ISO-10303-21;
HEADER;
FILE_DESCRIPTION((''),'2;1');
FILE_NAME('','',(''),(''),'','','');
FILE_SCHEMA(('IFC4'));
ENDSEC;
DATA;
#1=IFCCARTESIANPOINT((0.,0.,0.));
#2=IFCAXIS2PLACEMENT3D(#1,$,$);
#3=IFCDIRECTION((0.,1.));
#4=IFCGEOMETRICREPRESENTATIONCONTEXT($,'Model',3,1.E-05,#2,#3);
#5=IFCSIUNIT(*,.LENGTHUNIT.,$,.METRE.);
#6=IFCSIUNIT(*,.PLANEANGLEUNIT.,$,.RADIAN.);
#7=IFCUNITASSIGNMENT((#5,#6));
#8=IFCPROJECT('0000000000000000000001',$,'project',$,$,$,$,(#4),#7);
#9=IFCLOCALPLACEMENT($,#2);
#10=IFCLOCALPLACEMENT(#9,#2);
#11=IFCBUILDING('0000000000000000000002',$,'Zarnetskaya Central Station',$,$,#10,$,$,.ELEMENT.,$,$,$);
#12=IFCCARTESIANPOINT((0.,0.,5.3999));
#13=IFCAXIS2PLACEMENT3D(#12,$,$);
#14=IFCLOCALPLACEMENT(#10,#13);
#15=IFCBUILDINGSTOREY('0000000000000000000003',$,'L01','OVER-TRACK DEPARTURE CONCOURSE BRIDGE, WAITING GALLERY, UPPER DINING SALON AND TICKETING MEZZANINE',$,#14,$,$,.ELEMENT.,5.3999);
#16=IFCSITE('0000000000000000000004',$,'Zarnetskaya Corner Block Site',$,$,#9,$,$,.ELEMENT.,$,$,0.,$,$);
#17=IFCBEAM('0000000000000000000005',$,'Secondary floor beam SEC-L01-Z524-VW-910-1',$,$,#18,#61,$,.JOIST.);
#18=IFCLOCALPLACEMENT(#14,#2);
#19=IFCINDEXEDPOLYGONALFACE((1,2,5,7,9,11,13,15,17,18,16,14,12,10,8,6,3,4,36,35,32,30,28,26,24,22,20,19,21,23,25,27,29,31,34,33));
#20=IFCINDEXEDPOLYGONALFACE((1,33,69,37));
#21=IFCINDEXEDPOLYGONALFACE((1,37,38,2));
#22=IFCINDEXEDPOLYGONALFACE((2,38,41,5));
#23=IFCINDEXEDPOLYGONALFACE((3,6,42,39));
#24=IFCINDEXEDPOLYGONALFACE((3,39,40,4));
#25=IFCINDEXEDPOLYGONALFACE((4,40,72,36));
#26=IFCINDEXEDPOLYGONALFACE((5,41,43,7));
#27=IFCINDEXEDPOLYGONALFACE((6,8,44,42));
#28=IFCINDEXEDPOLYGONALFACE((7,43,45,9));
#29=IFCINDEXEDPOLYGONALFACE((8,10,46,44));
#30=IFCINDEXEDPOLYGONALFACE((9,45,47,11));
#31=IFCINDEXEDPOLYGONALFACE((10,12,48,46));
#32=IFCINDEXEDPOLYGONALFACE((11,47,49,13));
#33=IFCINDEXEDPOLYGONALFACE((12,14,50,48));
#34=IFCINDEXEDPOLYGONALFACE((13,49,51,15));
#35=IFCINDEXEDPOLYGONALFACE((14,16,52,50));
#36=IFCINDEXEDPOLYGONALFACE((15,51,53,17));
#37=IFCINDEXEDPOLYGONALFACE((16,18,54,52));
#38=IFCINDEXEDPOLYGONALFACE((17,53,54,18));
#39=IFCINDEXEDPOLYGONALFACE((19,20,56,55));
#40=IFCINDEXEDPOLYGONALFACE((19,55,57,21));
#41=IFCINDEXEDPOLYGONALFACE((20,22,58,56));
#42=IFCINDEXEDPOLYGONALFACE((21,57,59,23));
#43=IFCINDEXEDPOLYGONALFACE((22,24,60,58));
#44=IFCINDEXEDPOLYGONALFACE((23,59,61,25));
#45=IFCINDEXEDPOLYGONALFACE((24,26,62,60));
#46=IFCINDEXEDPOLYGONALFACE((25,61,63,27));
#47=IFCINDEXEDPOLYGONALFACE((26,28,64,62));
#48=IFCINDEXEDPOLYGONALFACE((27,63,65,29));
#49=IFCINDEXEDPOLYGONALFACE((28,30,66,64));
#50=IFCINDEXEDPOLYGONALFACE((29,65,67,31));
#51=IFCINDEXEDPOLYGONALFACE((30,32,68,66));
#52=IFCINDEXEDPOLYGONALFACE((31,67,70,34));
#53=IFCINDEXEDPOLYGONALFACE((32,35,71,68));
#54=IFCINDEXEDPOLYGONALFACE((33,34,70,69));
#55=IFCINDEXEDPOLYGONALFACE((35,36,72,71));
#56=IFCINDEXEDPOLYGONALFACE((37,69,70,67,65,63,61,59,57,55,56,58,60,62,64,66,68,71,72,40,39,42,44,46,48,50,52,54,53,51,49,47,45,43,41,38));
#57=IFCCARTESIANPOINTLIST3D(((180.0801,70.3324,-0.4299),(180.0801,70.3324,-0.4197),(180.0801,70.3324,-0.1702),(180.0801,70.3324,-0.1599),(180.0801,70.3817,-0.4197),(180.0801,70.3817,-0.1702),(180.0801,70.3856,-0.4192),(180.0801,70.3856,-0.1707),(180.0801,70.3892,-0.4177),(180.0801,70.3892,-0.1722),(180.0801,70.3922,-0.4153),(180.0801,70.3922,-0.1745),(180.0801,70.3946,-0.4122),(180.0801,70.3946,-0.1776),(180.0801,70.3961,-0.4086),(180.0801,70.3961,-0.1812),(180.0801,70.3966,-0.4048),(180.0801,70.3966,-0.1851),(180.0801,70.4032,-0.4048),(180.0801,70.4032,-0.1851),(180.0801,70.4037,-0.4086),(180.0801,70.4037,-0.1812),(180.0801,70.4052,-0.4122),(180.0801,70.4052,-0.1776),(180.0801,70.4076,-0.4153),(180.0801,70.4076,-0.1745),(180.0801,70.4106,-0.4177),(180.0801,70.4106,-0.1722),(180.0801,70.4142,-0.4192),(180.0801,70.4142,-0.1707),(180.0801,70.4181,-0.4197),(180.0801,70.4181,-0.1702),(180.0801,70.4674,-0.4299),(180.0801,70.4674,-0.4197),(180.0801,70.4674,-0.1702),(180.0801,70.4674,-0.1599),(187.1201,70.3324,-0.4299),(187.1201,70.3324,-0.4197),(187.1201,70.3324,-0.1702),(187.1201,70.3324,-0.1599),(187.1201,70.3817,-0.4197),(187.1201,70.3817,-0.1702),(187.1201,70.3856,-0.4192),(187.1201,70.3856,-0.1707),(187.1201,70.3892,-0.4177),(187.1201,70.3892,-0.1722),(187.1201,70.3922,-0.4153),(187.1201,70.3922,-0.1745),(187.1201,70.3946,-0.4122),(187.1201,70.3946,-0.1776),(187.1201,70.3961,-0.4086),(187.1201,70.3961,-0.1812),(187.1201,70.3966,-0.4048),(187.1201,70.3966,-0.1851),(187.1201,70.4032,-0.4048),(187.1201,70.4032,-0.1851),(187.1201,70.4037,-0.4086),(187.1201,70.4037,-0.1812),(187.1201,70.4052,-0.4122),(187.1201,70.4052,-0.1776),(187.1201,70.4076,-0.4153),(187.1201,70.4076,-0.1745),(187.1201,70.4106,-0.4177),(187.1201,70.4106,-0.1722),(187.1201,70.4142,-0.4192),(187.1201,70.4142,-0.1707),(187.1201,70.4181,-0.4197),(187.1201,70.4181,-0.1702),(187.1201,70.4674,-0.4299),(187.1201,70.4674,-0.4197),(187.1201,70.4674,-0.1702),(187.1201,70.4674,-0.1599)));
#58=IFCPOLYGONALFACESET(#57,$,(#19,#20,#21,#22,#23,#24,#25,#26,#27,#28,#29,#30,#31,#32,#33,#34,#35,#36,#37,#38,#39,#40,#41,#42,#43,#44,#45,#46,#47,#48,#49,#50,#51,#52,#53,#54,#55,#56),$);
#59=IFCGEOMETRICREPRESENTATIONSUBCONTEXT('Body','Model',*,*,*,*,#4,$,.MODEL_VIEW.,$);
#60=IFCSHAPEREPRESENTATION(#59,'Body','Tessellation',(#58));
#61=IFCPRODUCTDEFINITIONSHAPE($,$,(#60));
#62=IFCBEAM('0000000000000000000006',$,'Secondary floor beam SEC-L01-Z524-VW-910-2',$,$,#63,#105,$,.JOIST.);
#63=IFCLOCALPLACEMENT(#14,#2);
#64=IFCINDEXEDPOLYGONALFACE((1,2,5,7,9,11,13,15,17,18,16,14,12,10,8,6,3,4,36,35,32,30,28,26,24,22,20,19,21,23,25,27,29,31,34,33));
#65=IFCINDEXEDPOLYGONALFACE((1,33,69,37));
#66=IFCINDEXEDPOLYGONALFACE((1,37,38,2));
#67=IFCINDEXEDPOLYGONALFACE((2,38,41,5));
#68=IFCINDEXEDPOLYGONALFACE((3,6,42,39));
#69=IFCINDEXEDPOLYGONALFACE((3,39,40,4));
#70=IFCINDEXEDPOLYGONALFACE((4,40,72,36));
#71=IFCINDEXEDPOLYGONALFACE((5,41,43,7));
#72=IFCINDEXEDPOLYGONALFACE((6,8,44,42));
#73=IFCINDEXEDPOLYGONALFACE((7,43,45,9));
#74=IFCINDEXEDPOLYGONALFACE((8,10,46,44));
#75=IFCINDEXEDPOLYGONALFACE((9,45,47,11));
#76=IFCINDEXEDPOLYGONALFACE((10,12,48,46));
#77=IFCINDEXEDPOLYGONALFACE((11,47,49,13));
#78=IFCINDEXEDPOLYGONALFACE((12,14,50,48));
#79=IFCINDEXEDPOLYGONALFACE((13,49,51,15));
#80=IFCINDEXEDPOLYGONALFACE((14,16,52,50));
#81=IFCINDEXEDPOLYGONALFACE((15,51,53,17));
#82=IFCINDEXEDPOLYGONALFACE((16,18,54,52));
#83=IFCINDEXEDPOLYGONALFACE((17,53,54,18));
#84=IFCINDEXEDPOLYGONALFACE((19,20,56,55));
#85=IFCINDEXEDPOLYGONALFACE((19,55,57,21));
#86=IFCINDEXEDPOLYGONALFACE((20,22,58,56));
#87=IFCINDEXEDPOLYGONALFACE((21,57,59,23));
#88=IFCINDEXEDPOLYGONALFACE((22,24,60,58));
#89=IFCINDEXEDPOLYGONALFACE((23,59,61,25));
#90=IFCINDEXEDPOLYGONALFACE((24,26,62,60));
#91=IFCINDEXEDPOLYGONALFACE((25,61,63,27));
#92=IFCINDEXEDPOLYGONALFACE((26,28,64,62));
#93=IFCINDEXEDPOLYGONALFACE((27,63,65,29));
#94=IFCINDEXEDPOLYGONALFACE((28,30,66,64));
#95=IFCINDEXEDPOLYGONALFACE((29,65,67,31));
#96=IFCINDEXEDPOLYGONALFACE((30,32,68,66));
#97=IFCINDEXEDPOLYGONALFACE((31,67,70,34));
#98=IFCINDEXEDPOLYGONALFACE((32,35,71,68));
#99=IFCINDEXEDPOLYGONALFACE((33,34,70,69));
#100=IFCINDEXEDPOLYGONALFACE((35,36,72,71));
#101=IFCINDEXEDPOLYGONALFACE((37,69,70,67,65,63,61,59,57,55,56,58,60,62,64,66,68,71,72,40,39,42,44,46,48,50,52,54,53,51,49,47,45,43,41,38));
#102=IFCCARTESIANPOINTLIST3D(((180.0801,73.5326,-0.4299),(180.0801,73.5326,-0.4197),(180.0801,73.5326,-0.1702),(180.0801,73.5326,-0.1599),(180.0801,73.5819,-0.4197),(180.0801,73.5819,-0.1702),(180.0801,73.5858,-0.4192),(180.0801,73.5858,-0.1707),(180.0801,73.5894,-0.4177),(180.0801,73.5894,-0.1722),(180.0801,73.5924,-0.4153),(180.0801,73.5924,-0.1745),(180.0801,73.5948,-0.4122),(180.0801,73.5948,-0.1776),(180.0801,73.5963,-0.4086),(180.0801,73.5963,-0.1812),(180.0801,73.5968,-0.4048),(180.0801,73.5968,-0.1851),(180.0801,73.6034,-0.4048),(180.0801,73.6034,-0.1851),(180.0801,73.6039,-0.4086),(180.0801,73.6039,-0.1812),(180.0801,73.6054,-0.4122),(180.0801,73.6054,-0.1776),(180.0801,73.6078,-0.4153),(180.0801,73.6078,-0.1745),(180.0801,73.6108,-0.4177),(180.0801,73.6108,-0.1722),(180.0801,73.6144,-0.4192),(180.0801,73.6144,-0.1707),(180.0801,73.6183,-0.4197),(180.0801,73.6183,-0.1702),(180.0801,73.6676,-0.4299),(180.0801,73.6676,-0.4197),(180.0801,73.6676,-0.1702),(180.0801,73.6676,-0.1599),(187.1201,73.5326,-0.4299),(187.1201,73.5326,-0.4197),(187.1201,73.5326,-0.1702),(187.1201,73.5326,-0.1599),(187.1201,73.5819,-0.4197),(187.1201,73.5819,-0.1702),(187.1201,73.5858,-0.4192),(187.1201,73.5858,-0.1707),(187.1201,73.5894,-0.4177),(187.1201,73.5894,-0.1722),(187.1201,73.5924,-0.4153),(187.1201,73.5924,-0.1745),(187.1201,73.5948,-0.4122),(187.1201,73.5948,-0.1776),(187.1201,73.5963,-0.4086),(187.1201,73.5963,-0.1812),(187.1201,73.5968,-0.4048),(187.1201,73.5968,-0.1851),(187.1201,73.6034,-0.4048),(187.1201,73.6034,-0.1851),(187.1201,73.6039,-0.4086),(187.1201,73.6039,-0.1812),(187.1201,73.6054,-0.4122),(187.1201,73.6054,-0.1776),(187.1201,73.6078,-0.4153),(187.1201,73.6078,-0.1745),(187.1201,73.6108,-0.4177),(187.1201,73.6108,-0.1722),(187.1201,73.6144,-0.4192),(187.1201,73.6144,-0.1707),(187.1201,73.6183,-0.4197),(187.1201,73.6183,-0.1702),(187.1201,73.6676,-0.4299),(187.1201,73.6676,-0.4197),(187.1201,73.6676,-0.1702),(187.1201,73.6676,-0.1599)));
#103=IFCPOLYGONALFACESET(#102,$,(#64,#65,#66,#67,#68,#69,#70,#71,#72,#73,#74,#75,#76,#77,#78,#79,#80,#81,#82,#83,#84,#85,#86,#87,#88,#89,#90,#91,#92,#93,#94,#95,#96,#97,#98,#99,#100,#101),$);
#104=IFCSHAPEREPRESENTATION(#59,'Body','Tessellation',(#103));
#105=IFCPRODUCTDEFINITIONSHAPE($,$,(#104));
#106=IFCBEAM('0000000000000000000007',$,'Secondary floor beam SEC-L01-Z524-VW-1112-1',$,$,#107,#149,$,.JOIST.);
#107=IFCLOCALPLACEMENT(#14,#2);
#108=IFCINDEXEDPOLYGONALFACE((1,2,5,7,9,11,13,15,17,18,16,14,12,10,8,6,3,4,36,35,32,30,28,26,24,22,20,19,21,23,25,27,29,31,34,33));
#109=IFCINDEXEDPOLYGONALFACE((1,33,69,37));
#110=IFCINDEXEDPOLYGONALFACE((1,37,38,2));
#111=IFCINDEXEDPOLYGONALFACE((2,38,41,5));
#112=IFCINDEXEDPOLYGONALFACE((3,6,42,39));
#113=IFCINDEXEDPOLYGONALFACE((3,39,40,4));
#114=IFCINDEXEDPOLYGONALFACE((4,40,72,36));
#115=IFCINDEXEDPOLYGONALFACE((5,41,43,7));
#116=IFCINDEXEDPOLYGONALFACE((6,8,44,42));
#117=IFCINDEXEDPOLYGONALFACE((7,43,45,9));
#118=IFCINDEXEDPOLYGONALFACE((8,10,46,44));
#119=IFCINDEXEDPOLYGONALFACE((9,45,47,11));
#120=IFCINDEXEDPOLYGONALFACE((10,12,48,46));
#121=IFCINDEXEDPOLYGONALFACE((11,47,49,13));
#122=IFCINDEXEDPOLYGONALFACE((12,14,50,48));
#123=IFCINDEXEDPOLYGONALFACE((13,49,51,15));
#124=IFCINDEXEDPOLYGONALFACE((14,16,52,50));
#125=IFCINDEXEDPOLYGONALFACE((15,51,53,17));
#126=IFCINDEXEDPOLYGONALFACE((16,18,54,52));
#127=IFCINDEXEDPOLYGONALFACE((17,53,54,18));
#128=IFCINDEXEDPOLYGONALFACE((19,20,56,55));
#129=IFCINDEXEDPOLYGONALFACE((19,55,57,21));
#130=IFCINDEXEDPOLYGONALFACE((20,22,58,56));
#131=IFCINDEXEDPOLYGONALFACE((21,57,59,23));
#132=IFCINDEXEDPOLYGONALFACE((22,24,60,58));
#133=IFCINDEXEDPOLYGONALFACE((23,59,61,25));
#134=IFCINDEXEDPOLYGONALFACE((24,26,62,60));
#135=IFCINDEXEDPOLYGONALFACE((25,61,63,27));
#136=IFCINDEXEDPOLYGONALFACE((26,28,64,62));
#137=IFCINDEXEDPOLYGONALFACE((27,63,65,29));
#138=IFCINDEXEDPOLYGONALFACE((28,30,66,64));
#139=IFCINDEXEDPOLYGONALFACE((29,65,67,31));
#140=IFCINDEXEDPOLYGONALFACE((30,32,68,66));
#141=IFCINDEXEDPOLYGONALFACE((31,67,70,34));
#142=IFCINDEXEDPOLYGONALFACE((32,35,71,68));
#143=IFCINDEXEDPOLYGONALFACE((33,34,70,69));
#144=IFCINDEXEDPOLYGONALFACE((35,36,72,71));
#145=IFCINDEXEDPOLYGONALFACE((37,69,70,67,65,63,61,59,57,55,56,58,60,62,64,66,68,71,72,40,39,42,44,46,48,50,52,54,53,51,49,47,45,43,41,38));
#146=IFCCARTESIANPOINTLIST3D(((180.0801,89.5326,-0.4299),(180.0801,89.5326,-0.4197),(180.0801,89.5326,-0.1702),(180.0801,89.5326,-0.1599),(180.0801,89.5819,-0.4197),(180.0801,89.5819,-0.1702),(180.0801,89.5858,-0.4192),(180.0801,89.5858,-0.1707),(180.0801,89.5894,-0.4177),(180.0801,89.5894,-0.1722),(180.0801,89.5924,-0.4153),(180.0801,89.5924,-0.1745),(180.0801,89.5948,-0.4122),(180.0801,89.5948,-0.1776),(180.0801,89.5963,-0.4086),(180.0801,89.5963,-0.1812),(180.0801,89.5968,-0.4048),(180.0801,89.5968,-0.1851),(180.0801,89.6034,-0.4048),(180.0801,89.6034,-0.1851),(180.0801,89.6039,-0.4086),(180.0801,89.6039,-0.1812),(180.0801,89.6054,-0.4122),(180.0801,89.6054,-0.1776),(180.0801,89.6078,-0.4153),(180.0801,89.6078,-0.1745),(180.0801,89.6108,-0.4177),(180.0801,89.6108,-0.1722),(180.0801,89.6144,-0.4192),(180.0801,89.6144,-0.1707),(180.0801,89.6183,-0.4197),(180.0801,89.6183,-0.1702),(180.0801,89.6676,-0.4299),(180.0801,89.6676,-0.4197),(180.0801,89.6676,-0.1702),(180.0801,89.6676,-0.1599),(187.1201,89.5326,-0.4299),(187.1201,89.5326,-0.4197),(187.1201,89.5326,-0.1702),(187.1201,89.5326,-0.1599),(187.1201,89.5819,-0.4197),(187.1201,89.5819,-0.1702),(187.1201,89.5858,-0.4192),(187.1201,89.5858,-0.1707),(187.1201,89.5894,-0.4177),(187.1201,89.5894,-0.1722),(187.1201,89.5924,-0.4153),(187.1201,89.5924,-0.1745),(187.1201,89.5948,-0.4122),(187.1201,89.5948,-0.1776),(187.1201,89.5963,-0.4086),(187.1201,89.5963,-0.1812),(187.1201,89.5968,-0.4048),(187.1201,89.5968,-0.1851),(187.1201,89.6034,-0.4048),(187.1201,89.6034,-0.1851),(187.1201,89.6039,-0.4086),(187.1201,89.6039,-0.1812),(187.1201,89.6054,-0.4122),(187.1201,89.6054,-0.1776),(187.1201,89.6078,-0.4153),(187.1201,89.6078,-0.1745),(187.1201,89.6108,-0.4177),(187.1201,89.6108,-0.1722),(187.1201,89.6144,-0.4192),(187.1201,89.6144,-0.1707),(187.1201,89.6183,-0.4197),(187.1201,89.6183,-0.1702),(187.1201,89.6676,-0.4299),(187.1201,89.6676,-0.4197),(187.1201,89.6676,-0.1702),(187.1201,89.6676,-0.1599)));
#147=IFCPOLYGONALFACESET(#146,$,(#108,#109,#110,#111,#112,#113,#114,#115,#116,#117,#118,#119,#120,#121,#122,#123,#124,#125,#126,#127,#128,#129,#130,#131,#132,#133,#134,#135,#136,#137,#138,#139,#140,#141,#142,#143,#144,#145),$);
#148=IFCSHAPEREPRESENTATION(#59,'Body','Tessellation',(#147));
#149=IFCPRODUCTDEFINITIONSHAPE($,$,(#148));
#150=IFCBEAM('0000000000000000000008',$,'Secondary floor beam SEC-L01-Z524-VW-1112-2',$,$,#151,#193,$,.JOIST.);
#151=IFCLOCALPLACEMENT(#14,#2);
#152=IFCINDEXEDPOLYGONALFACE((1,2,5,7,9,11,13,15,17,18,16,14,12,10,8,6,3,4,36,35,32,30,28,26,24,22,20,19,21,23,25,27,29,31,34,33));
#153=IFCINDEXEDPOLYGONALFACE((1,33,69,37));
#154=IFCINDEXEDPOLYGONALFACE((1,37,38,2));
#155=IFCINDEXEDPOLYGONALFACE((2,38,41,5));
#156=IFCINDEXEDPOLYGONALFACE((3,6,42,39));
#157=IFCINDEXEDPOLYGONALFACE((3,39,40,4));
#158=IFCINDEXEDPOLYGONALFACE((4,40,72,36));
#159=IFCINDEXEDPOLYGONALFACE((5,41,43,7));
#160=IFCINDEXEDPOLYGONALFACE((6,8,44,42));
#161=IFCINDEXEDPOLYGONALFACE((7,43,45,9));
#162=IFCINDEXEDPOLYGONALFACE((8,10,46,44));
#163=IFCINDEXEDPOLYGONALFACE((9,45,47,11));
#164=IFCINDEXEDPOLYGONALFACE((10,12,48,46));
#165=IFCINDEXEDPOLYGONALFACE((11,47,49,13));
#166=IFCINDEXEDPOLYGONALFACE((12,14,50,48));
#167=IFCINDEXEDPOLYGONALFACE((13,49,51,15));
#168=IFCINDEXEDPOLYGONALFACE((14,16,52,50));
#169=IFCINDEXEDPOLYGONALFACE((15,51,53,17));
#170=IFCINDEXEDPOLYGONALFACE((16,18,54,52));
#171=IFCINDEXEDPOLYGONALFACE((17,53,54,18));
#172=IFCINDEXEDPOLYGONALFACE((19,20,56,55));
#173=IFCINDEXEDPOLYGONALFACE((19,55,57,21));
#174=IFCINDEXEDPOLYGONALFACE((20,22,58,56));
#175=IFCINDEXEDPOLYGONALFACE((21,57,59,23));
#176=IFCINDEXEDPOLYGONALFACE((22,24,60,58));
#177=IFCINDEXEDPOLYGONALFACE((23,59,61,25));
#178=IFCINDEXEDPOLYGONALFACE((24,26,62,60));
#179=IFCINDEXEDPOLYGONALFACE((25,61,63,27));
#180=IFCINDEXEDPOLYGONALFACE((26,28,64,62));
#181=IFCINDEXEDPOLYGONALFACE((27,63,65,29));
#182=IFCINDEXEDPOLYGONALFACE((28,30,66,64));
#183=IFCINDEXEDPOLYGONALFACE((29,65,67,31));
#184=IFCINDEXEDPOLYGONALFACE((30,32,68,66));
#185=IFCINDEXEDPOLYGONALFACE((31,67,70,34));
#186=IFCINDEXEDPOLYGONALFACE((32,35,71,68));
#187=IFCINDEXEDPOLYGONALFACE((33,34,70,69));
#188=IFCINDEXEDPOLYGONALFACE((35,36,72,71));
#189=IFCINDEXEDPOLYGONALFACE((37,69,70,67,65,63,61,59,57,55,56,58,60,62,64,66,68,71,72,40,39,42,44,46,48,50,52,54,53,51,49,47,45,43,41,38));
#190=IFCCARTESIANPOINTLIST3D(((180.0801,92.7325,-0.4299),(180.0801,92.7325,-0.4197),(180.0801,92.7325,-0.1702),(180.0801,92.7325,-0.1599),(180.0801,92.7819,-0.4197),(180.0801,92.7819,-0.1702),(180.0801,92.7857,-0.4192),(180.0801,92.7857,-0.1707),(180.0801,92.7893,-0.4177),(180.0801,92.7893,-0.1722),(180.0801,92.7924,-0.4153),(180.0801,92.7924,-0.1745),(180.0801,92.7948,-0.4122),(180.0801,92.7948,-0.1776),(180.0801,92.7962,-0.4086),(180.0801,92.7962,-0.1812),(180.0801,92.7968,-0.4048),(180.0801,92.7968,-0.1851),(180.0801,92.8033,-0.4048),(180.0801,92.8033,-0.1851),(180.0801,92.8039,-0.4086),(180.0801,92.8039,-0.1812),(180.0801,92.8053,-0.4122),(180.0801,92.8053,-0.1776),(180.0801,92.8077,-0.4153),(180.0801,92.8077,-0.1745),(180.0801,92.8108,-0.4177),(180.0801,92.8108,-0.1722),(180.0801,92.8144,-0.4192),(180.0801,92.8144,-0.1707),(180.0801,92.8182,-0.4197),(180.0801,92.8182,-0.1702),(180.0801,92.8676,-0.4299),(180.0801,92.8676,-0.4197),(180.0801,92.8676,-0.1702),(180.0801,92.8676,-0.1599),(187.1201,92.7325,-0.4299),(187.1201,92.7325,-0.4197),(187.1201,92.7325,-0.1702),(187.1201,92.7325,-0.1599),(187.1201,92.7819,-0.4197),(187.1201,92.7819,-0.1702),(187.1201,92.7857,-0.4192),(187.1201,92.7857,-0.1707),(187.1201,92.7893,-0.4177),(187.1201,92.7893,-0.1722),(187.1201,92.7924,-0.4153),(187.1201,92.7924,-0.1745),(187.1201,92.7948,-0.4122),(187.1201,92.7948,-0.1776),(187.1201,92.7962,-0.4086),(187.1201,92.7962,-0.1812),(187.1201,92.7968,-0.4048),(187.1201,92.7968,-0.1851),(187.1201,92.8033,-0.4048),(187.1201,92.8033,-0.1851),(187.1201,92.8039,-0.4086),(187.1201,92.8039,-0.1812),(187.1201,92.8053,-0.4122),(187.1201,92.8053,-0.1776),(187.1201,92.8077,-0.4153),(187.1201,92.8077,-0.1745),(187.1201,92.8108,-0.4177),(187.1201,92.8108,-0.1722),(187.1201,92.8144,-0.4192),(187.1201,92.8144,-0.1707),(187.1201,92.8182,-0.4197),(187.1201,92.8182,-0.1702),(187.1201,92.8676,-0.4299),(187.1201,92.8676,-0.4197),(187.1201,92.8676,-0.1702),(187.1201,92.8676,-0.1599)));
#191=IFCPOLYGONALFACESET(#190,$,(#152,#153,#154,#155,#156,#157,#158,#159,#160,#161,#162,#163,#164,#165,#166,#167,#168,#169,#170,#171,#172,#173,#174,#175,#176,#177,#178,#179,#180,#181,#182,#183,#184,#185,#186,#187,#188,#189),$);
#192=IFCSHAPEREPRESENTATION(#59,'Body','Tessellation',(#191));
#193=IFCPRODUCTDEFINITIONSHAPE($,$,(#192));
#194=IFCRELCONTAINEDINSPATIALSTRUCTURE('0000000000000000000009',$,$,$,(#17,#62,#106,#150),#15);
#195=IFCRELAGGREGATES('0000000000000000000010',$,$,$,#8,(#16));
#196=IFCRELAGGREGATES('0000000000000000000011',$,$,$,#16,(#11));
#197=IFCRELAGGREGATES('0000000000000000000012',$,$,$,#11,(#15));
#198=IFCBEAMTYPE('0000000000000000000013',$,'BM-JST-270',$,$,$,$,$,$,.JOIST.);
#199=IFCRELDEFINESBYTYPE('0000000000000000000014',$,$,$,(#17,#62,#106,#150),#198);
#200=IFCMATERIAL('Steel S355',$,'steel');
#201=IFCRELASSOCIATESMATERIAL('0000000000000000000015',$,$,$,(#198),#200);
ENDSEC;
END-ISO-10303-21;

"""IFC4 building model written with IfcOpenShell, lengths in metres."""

from ifc_helpers import new_model, si_unit, direction, frame, origin, origin_2d, place, context, subcontext, project, spatial, i_section, extrude, material, material_profile, profile_set, type_object, element, save


model = new_model("IFC4")

# Units and contexts
model_context = context("Model", 3, precision=1e-05, world=origin(), true_north=direction((0.0, 1.0)))
body_context = subcontext(model_context, "Body", "Model", "MODEL_VIEW")
ifc_project = project(units=[si_unit("LENGTHUNIT", "METRE"), si_unit("PLANEANGLEUNIT", "RADIAN")], contexts=[model_context])

# Site, building, storey
site_placement = place(None, origin())
site = spatial("IfcSite", under=ifc_project, at=site_placement, Name="Zarnetskaya Corner Block Site", CompositionType="ELEMENT", RefElevation=0.0)
building_placement = place(site_placement, origin())
building = spatial("IfcBuilding", under=site, at=building_placement, Name="Zarnetskaya Central Station", CompositionType="ELEMENT")
storey_placement = place(building_placement, frame((0.0, 0.0, 5.3999)))
storey = spatial("IfcBuildingStorey", under=building, at=storey_placement, Name="L01", Description="OVER-TRACK DEPARTURE CONCOURSE BRIDGE, WAITING GALLERY, UPPER DINING SALON AND TICKETING MEZZANINE", CompositionType="ELEMENT", Elevation=5.3999)

# Beams
ifc_material = material(Name="Steel S355", Category="steel")
ifc_material_profile_1 = material_profile(ifc_material, i_section(OverallWidth=0.135, OverallDepth=0.27, WebThickness=0.0066, FlangeThickness=0.0103, FilletRadius=0.0149, at=origin_2d()), Name="IPE 270")
ifc_profile_set_1 = profile_set([ifc_material_profile_1], Name="Steel S355")
beam_type_1 = type_object("IfcBeamType", Name="BM-JST-270", PredefinedType="JOIST", material=ifc_profile_set_1)
for number, where, z_axis, x_axis, name in (
    (1, (180.0801, 70.3999, -0.2949), (1.0, 0.0, 0.0), (0.0, 1.0, 0.0), "Secondary floor beam SEC-L01-Z524-VW-910-1"),
    (2, (180.0801, 73.6001, -0.2949), (1.0, 0.0, 0.0), (0.0, 1.0, 0.0), "Secondary floor beam SEC-L01-Z524-VW-910-2"),
    (3, (180.0801, 89.6001, -0.2949), (1.0, 0.0, 0.0), (0.0, 1.0, 0.0), "Secondary floor beam SEC-L01-Z524-VW-1112-1"),
    (4, (180.0801, 92.8, -0.2949), (1.0, 0.0, 0.0), (0.0, 1.0, 0.0), "Secondary floor beam SEC-L01-Z524-VW-1112-2"),
):
    element("IfcBeam", number, at=place(storey_placement, frame(where, z_axis=z_axis, x_axis=x_axis)), inside=storey, type_object=beam_type_1, Name=name, PredefinedType="JOIST", context=body_context, shape_type="SweptSolid", body=[
        extrude(i_section(OverallWidth=0.135, OverallDepth=0.27, WebThickness=0.0066, FlangeThickness=0.0103, FilletRadius=0.0149, at=origin_2d()), origin(), (0.0, 0.0, 1.0), 7.04),
    ])

save(model, "model.ifc")
